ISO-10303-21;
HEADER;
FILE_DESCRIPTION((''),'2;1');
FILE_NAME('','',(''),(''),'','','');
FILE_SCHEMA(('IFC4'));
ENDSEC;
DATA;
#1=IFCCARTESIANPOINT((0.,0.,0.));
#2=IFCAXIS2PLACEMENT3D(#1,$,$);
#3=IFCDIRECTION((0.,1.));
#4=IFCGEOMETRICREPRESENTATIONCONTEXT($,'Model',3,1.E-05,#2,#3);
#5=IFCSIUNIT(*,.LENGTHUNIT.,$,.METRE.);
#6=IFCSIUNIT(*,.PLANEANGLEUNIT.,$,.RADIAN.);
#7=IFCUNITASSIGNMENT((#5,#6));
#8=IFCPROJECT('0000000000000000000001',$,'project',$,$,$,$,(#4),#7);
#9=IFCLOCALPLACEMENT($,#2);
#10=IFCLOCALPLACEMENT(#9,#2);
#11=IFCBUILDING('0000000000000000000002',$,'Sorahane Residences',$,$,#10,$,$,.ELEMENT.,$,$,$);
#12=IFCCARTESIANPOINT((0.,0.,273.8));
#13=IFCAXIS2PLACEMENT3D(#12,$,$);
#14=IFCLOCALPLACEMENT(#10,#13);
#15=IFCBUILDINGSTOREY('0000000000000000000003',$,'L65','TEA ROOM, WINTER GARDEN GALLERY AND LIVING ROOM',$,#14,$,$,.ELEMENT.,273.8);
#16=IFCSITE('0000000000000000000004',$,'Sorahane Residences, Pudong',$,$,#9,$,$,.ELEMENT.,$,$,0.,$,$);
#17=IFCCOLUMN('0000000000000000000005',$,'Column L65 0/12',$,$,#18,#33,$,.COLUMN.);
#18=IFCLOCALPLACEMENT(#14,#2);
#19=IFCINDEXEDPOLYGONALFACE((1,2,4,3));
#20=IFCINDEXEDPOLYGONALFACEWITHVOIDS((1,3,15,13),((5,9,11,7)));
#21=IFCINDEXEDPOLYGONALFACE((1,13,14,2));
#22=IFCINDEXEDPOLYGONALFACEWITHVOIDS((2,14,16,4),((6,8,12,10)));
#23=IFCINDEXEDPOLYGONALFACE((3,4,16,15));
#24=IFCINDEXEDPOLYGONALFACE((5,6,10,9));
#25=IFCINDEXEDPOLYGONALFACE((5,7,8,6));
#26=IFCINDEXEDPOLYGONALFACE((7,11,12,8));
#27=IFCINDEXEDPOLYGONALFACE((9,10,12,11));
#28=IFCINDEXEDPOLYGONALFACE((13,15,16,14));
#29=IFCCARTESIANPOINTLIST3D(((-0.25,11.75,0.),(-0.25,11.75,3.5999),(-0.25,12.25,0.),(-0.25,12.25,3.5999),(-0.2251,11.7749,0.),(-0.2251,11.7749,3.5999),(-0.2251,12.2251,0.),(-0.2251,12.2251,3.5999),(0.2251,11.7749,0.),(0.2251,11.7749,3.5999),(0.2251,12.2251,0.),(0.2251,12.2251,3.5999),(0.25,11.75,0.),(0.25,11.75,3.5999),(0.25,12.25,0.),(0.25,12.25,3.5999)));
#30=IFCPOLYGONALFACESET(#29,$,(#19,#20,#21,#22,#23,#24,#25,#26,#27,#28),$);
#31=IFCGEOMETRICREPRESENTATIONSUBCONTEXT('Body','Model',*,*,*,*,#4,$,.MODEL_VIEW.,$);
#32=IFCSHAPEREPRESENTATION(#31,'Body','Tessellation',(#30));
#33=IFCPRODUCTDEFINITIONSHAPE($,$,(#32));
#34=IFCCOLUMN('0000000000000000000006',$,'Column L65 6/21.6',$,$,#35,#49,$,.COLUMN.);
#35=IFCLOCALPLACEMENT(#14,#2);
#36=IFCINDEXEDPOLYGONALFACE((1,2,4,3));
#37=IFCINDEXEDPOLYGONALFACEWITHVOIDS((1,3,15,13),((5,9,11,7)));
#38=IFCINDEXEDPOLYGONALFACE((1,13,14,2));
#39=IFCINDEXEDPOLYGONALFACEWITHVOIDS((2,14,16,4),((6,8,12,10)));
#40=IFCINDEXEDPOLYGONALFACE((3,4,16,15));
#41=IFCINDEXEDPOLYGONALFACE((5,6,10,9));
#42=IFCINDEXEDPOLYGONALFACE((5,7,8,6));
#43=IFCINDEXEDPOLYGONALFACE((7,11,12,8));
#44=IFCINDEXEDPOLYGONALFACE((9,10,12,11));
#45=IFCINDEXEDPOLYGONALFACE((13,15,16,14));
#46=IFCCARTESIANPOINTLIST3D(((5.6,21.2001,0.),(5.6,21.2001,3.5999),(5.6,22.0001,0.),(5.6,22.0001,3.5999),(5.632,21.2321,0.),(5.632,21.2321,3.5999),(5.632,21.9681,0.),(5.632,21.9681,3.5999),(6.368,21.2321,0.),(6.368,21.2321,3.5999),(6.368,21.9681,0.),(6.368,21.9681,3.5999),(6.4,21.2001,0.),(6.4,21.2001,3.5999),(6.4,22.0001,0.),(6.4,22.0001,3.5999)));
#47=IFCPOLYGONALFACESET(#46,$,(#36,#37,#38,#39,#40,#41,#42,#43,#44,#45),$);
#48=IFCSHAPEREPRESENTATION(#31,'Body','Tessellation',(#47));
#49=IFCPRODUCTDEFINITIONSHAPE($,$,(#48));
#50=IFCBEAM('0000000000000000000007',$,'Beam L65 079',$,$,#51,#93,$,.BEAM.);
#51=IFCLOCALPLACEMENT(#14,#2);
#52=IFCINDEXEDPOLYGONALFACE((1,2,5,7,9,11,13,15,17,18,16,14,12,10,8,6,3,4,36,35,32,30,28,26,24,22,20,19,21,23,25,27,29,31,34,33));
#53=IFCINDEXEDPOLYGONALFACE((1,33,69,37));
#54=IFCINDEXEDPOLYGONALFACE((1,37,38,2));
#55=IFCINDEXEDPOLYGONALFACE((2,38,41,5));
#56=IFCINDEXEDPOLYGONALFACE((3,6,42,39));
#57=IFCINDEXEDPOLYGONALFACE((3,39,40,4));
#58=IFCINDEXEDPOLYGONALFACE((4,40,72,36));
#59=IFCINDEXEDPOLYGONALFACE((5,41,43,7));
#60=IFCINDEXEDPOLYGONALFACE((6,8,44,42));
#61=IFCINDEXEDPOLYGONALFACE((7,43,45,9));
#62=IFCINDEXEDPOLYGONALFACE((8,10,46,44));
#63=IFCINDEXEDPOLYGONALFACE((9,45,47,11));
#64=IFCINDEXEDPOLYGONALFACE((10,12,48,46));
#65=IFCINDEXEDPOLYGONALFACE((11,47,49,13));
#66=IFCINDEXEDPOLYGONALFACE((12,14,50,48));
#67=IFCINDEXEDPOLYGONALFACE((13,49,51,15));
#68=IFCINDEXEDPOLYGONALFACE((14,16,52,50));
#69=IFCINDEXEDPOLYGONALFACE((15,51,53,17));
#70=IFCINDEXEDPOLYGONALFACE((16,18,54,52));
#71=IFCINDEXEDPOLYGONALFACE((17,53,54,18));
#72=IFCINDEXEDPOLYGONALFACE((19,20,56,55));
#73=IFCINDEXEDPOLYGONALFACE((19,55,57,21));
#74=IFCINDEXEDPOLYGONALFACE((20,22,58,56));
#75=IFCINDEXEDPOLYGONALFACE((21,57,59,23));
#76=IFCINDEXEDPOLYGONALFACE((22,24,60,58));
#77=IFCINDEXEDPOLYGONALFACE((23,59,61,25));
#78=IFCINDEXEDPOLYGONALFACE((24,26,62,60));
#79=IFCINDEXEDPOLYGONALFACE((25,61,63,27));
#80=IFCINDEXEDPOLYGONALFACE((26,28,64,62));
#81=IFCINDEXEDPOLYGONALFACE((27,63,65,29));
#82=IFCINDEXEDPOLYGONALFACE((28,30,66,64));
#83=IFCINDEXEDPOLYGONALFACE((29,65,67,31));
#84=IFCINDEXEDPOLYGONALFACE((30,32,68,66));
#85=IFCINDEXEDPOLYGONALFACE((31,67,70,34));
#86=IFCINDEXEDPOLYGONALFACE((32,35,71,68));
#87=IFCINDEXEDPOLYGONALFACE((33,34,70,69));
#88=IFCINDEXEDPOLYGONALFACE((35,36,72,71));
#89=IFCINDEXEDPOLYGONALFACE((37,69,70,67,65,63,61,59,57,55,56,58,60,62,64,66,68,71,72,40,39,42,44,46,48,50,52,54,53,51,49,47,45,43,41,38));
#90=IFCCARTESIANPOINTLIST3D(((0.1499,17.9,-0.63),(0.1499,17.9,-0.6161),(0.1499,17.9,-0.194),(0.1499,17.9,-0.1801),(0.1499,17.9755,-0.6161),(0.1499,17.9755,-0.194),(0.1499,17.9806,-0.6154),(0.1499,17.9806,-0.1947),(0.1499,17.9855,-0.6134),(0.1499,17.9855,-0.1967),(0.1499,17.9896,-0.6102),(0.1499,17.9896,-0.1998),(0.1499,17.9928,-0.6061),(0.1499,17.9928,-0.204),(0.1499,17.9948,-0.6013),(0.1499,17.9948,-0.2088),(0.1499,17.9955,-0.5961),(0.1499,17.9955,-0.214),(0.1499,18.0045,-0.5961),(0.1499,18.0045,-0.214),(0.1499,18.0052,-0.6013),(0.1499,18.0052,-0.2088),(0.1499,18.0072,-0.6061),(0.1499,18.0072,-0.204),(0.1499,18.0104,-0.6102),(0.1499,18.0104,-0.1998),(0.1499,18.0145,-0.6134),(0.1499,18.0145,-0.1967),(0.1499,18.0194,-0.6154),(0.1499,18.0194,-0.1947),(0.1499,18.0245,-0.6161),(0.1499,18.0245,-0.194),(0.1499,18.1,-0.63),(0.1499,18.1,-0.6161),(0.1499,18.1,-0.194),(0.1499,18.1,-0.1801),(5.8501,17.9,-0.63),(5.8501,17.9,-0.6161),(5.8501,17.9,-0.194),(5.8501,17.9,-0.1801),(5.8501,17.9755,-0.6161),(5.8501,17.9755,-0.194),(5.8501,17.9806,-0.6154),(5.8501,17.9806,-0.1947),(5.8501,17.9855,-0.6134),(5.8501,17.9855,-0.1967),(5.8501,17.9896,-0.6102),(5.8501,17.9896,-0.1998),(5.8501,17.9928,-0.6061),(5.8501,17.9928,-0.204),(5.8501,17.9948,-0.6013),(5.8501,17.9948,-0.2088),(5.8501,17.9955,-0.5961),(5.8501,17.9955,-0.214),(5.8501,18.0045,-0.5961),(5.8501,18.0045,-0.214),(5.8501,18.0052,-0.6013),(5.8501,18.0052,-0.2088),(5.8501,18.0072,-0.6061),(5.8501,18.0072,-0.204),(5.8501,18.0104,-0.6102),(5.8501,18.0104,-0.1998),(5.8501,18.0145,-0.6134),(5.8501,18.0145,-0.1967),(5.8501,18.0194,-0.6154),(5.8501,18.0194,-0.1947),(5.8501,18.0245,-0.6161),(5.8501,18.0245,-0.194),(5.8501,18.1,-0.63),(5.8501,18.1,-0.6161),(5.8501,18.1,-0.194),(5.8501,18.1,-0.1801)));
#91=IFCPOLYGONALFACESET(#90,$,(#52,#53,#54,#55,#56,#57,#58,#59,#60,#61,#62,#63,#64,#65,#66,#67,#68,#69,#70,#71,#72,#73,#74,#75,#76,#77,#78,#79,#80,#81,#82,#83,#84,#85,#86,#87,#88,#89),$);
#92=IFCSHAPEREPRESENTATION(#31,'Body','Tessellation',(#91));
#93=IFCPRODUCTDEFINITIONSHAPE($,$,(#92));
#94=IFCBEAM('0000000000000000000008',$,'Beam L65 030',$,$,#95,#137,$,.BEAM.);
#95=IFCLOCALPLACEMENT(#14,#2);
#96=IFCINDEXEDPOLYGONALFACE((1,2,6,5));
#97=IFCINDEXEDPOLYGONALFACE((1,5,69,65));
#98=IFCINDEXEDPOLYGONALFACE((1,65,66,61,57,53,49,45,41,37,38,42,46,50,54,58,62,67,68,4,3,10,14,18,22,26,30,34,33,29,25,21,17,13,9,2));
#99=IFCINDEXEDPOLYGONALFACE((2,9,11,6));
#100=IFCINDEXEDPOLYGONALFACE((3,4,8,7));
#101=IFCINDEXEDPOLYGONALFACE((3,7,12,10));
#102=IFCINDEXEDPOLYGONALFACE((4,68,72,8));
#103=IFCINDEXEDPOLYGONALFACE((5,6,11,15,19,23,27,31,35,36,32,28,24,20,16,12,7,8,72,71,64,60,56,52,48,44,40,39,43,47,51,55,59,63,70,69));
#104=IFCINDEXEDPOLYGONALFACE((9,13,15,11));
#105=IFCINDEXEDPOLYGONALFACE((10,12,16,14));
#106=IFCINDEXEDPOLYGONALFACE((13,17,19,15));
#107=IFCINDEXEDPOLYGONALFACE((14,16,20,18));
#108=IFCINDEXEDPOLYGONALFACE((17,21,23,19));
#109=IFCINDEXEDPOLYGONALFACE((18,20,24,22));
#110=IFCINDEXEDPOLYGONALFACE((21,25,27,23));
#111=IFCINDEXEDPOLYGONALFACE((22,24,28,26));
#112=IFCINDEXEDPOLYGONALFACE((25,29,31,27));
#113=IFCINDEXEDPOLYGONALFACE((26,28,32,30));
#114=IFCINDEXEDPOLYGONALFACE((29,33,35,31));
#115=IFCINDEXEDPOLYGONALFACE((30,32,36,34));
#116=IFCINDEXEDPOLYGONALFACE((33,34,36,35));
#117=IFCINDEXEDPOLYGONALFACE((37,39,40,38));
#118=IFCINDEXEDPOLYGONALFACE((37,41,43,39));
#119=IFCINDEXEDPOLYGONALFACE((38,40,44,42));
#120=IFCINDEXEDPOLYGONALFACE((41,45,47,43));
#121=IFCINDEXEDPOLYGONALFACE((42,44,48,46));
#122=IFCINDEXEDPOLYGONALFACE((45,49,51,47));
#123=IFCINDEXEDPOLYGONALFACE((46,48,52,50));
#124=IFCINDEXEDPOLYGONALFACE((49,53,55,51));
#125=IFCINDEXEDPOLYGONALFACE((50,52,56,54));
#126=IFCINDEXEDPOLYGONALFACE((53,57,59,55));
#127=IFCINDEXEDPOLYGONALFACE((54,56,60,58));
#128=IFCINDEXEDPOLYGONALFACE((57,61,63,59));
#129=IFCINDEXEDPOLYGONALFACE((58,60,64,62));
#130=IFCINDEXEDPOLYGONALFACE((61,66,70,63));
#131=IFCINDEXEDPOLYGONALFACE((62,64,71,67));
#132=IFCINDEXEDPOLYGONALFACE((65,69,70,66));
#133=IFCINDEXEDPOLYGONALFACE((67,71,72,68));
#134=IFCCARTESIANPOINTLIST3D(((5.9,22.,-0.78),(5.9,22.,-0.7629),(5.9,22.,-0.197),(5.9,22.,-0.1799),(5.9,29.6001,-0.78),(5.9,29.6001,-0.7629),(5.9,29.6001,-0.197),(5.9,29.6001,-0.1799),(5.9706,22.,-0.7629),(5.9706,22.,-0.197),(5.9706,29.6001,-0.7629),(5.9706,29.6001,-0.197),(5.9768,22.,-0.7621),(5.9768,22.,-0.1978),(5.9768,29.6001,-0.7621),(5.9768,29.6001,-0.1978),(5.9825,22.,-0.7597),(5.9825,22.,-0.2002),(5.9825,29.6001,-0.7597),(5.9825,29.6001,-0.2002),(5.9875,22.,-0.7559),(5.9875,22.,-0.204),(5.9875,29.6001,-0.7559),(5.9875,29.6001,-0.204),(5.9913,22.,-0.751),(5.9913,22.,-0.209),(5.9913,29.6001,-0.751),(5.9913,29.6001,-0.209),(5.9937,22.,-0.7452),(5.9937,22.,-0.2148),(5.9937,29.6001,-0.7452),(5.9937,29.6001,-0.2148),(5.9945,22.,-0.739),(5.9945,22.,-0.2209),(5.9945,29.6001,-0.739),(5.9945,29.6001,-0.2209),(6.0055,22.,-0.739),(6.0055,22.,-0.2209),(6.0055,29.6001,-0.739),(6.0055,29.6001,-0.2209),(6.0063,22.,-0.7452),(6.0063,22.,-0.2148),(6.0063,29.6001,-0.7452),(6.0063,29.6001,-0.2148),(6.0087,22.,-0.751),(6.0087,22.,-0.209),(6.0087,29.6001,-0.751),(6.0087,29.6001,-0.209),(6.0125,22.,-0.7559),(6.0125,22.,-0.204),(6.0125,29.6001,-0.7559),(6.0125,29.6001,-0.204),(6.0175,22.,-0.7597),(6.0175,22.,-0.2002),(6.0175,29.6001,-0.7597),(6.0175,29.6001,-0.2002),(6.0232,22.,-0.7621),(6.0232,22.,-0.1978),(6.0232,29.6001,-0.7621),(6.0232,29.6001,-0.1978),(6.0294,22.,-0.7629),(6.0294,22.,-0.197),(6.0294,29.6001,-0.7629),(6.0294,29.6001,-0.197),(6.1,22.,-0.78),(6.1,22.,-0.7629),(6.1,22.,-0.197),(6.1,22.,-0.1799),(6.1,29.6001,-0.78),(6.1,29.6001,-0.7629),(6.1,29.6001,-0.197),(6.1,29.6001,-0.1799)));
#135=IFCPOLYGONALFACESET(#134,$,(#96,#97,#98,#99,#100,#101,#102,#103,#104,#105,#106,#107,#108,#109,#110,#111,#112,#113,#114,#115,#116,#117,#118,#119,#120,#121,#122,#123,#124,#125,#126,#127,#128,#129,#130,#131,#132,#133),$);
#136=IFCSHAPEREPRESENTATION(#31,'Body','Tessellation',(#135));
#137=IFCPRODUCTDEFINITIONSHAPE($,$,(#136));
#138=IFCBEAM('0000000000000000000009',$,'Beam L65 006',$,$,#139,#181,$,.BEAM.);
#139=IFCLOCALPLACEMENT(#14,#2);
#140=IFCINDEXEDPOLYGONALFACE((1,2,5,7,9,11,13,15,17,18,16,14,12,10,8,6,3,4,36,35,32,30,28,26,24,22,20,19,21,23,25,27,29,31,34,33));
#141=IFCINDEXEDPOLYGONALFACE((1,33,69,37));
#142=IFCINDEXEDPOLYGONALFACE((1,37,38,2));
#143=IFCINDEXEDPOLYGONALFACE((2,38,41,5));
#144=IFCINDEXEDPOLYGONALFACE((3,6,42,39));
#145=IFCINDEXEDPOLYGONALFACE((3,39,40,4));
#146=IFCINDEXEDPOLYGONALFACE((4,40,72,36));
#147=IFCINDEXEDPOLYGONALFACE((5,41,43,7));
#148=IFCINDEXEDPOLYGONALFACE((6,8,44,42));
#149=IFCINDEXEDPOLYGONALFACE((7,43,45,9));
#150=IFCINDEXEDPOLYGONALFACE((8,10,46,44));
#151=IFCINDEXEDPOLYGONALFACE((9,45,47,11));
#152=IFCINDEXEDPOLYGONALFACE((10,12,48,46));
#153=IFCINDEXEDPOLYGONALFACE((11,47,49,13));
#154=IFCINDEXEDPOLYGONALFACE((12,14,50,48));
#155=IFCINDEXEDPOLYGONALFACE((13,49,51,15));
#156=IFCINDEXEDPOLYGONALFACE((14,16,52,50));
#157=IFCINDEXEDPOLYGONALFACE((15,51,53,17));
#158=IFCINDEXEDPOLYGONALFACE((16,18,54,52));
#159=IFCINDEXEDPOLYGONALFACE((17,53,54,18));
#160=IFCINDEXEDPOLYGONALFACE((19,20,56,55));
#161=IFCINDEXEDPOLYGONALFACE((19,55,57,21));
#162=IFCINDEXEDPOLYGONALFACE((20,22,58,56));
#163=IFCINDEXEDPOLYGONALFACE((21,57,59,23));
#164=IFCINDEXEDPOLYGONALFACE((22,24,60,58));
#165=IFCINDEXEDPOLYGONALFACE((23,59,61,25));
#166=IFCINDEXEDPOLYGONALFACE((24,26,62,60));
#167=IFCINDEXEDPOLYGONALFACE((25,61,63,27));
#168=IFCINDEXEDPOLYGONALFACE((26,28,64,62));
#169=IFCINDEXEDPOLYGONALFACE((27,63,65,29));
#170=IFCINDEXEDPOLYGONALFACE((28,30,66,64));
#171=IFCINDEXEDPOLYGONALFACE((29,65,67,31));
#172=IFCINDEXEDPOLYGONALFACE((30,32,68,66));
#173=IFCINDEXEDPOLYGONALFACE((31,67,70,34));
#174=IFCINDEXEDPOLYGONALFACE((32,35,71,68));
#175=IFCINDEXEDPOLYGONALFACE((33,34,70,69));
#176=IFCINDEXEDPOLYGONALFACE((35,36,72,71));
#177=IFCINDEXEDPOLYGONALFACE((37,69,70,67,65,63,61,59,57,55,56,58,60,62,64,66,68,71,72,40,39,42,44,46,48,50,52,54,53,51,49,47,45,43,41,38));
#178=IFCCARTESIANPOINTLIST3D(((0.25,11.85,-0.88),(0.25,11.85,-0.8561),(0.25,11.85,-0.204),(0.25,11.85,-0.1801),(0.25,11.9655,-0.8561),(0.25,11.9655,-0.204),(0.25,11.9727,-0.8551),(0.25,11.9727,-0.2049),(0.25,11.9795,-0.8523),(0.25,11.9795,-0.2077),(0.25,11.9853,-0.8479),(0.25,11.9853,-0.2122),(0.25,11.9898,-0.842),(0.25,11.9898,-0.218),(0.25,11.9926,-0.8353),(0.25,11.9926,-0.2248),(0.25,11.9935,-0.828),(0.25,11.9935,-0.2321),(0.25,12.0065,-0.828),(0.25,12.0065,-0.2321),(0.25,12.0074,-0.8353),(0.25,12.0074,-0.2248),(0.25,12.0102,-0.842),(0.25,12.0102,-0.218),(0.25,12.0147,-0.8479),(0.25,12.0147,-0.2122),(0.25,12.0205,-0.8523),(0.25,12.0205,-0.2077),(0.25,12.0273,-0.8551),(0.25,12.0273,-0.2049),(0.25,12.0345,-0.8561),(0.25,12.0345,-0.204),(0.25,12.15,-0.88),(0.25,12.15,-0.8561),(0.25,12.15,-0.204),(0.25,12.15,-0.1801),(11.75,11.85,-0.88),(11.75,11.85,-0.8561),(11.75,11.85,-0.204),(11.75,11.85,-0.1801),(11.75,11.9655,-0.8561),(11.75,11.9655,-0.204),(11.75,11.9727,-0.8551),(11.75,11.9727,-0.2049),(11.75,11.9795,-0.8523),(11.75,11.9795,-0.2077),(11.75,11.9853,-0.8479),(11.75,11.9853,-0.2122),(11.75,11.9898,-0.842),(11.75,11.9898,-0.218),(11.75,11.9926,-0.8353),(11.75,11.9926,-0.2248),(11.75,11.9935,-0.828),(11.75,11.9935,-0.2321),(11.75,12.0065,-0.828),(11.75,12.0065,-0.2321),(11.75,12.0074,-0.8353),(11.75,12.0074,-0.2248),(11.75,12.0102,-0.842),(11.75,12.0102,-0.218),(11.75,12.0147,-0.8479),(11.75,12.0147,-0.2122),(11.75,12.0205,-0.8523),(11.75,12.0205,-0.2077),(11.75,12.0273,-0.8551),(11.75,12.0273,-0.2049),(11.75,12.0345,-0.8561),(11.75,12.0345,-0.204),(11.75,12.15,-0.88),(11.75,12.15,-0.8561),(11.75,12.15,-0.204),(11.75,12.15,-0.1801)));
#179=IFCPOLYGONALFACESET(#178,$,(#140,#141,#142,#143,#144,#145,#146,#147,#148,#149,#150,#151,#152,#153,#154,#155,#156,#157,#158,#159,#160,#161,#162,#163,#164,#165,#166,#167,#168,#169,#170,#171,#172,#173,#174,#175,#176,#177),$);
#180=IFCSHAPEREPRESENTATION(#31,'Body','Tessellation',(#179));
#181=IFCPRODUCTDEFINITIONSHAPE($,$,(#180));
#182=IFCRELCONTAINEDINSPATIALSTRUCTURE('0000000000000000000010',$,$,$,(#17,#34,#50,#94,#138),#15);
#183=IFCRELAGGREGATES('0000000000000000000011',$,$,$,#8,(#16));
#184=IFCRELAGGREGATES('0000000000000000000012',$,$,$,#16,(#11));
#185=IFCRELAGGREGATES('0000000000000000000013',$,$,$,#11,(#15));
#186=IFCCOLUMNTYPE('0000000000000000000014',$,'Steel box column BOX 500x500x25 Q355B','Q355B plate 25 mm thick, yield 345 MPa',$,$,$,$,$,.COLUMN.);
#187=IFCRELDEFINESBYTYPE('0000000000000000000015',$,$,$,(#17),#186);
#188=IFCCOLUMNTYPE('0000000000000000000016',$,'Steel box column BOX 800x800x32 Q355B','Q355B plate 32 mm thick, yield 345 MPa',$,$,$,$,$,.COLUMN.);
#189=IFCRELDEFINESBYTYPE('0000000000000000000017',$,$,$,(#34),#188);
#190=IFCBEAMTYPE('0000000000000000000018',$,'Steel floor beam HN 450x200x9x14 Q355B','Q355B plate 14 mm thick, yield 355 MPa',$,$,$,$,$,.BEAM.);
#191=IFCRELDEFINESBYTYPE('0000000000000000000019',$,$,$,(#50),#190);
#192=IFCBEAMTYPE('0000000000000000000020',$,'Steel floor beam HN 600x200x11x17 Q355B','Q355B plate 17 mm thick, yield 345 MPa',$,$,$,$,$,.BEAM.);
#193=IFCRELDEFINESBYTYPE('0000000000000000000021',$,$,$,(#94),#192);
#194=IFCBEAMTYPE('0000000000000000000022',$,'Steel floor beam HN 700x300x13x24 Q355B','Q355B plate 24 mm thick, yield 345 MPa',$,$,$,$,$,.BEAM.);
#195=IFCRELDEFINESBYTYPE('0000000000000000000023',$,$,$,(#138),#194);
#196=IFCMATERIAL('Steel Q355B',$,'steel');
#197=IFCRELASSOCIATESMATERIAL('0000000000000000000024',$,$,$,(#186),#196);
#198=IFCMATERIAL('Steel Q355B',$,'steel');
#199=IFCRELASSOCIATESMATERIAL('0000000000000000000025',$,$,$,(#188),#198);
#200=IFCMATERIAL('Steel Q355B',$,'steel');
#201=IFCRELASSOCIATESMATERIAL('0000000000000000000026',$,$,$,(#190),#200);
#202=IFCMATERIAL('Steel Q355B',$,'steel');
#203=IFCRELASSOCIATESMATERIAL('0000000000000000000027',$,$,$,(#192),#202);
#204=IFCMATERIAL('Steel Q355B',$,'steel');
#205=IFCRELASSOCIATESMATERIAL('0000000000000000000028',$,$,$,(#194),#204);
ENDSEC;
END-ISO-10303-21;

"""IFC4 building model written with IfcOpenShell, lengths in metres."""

from ifc_helpers import new_model, si_unit, direction, frame, origin, origin_2d, place, context, subcontext, project, spatial, hollow_rectangle, i_section, extrude, material, material_profile, profile_set, type_object, element, save


model = new_model("IFC4")

# Units and contexts
model_context = context("Model", 3, precision=1e-05, world=origin(), true_north=direction((0.0, 1.0)))
body_context = subcontext(model_context, "Body", "Model", "MODEL_VIEW")
ifc_project = project(units=[si_unit("LENGTHUNIT", "METRE"), si_unit("PLANEANGLEUNIT", "RADIAN")], contexts=[model_context])

# Site, building, storey
site_placement = place(None, origin())
site = spatial("IfcSite", under=ifc_project, at=site_placement, Name="Sorahane Residences, Pudong", CompositionType="ELEMENT", RefElevation=0.0)
building_placement = place(site_placement, origin())
building = spatial("IfcBuilding", under=site, at=building_placement, Name="Sorahane Residences", CompositionType="ELEMENT")
storey_placement = place(building_placement, frame((0.0, 0.0, 273.8)))
storey = spatial("IfcBuildingStorey", under=building, at=storey_placement, Name="L65", Description="TEA ROOM, WINTER GARDEN GALLERY AND LIVING ROOM", CompositionType="ELEMENT", Elevation=273.8)

# Columns
ifc_material_1 = material(Name="Steel Q355B", Category="steel")
ifc_material_profile_1 = material_profile(ifc_material_1, hollow_rectangle(XDim=0.5, YDim=0.5, WallThickness=0.0249, at=origin_2d()), Name="BOX 500x500x25")
ifc_profile_set_1 = profile_set([ifc_material_profile_1], Name="Steel Q355B")
column_type_1 = type_object("IfcColumnType", Name="Steel box column BOX 500x500x25 Q355B", Description="Q355B plate 25 mm thick, yield 345 MPa", PredefinedType="COLUMN", material=ifc_profile_set_1)
column_1_placement = place(storey_placement, frame((0.0, 12.0, 0.0), z_axis=(0.0, 0.0, 1.0), x_axis=(1.0, 0.0, 0.0)))
element("IfcColumn", 1, at=column_1_placement, inside=storey, type_object=column_type_1, Name="Column L65 0/12", PredefinedType="COLUMN", context=body_context, shape_type="SweptSolid", body=[
    extrude(hollow_rectangle(XDim=0.5, YDim=0.5, WallThickness=0.0249, at=origin_2d()), origin(), (0.0, 0.0, 1.0), 3.5999),
])
ifc_material_2 = material(Name="Steel Q355B", Category="steel")
ifc_material_profile_2 = material_profile(ifc_material_2, hollow_rectangle(XDim=0.8, YDim=0.8, WallThickness=0.032, at=origin_2d()), Name="BOX 800x800x32")
ifc_profile_set_2 = profile_set([ifc_material_profile_2], Name="Steel Q355B")
column_type_2 = type_object("IfcColumnType", Name="Steel box column BOX 800x800x32 Q355B", Description="Q355B plate 32 mm thick, yield 345 MPa", PredefinedType="COLUMN", material=ifc_profile_set_2)
column_2_placement = place(storey_placement, frame((6.0, 21.6001, 0.0), z_axis=(0.0, 0.0, 1.0), x_axis=(1.0, 0.0, 0.0)))
element("IfcColumn", 2, at=column_2_placement, inside=storey, type_object=column_type_2, Name="Column L65 6/21.6", PredefinedType="COLUMN", context=body_context, shape_type="SweptSolid", body=[
    extrude(hollow_rectangle(XDim=0.8, YDim=0.8, WallThickness=0.032, at=origin_2d()), origin(), (0.0, 0.0, 1.0), 3.5999),
])

# Beams
ifc_material_3 = material(Name="Steel Q355B", Category="steel")
ifc_material_profile_3 = material_profile(ifc_material_3, i_section(OverallWidth=0.2, OverallDepth=0.45, WebThickness=0.009, FlangeThickness=0.0139, FilletRadius=0.02, at=origin_2d()), Name="HN 450x200x9x14")
ifc_profile_set_3 = profile_set([ifc_material_profile_3], Name="Steel Q355B")
beam_type_1 = type_object("IfcBeamType", Name="Steel floor beam HN 450x200x9x14 Q355B", Description="Q355B plate 14 mm thick, yield 355 MPa", PredefinedType="BEAM", material=ifc_profile_set_3)
beam_1_placement = place(storey_placement, frame((0.1499, 18.0, -0.405), z_axis=(1.0, 0.0, 0.0), x_axis=(0.0, 1.0, 0.0)))
element("IfcBeam", 3, at=beam_1_placement, inside=storey, type_object=beam_type_1, Name="Beam L65 079", PredefinedType="BEAM", context=body_context, shape_type="SweptSolid", body=[
    extrude(i_section(OverallWidth=0.2, OverallDepth=0.45, WebThickness=0.009, FlangeThickness=0.0139, FilletRadius=0.02, at=origin_2d()), origin(), (0.0, 0.0, 1.0), 5.7002),
])
ifc_material_4 = material(Name="Steel Q355B", Category="steel")
ifc_material_profile_4 = material_profile(ifc_material_4, i_section(OverallWidth=0.2, OverallDepth=0.6001, WebThickness=0.011, FlangeThickness=0.0171, FilletRadius=0.0239, at=origin_2d()), Name="HN 600x200x11x17")
ifc_profile_set_4 = profile_set([ifc_material_profile_4], Name="Steel Q355B")
beam_type_2 = type_object("IfcBeamType", Name="Steel floor beam HN 600x200x11x17 Q355B", Description="Q355B plate 17 mm thick, yield 345 MPa", PredefinedType="BEAM", material=ifc_profile_set_4)
beam_2_placement = place(storey_placement, frame((6.0, 22.0, -0.48), z_axis=(0.0, 1.0, 0.0), x_axis=(-1.0, 0.0, 0.0)))
element("IfcBeam", 4, at=beam_2_placement, inside=storey, type_object=beam_type_2, Name="Beam L65 030", PredefinedType="BEAM", context=body_context, shape_type="SweptSolid", body=[
    extrude(i_section(OverallWidth=0.2, OverallDepth=0.6001, WebThickness=0.011, FlangeThickness=0.0171, FilletRadius=0.0239, at=origin_2d()), origin(), (0.0, 0.0, 1.0), 7.6001),
])
ifc_material_5 = material(Name="Steel Q355B", Category="steel")
ifc_material_profile_5 = material_profile(ifc_material_5, i_section(OverallWidth=0.3, OverallDepth=0.7, WebThickness=0.0129, FlangeThickness=0.0239, FilletRadius=0.0281, at=origin_2d()), Name="HN 700x300x13x24")
ifc_profile_set_5 = profile_set([ifc_material_profile_5], Name="Steel Q355B")
beam_type_3 = type_object("IfcBeamType", Name="Steel floor beam HN 700x300x13x24 Q355B", Description="Q355B plate 24 mm thick, yield 345 MPa", PredefinedType="BEAM", material=ifc_profile_set_5)
for number, where, z_axis, x_axis, name in (
    (5, (0.25, 12.0, -0.53), (1.0, 0.0, 0.0), (0.0, 1.0, 0.0), "Beam L65 006"),
):
    element("IfcBeam", number, at=place(storey_placement, frame(where, z_axis=z_axis, x_axis=x_axis)), inside=storey, type_object=beam_type_3, Name=name, PredefinedType="BEAM", context=body_context, shape_type="SweptSolid", body=[
        extrude(i_section(OverallWidth=0.3, OverallDepth=0.7, WebThickness=0.0129, FlangeThickness=0.0239, FilletRadius=0.0281, at=origin_2d()), origin(), (0.0, 0.0, 1.0), 11.5),
    ])

save(model, "model.ifc")
